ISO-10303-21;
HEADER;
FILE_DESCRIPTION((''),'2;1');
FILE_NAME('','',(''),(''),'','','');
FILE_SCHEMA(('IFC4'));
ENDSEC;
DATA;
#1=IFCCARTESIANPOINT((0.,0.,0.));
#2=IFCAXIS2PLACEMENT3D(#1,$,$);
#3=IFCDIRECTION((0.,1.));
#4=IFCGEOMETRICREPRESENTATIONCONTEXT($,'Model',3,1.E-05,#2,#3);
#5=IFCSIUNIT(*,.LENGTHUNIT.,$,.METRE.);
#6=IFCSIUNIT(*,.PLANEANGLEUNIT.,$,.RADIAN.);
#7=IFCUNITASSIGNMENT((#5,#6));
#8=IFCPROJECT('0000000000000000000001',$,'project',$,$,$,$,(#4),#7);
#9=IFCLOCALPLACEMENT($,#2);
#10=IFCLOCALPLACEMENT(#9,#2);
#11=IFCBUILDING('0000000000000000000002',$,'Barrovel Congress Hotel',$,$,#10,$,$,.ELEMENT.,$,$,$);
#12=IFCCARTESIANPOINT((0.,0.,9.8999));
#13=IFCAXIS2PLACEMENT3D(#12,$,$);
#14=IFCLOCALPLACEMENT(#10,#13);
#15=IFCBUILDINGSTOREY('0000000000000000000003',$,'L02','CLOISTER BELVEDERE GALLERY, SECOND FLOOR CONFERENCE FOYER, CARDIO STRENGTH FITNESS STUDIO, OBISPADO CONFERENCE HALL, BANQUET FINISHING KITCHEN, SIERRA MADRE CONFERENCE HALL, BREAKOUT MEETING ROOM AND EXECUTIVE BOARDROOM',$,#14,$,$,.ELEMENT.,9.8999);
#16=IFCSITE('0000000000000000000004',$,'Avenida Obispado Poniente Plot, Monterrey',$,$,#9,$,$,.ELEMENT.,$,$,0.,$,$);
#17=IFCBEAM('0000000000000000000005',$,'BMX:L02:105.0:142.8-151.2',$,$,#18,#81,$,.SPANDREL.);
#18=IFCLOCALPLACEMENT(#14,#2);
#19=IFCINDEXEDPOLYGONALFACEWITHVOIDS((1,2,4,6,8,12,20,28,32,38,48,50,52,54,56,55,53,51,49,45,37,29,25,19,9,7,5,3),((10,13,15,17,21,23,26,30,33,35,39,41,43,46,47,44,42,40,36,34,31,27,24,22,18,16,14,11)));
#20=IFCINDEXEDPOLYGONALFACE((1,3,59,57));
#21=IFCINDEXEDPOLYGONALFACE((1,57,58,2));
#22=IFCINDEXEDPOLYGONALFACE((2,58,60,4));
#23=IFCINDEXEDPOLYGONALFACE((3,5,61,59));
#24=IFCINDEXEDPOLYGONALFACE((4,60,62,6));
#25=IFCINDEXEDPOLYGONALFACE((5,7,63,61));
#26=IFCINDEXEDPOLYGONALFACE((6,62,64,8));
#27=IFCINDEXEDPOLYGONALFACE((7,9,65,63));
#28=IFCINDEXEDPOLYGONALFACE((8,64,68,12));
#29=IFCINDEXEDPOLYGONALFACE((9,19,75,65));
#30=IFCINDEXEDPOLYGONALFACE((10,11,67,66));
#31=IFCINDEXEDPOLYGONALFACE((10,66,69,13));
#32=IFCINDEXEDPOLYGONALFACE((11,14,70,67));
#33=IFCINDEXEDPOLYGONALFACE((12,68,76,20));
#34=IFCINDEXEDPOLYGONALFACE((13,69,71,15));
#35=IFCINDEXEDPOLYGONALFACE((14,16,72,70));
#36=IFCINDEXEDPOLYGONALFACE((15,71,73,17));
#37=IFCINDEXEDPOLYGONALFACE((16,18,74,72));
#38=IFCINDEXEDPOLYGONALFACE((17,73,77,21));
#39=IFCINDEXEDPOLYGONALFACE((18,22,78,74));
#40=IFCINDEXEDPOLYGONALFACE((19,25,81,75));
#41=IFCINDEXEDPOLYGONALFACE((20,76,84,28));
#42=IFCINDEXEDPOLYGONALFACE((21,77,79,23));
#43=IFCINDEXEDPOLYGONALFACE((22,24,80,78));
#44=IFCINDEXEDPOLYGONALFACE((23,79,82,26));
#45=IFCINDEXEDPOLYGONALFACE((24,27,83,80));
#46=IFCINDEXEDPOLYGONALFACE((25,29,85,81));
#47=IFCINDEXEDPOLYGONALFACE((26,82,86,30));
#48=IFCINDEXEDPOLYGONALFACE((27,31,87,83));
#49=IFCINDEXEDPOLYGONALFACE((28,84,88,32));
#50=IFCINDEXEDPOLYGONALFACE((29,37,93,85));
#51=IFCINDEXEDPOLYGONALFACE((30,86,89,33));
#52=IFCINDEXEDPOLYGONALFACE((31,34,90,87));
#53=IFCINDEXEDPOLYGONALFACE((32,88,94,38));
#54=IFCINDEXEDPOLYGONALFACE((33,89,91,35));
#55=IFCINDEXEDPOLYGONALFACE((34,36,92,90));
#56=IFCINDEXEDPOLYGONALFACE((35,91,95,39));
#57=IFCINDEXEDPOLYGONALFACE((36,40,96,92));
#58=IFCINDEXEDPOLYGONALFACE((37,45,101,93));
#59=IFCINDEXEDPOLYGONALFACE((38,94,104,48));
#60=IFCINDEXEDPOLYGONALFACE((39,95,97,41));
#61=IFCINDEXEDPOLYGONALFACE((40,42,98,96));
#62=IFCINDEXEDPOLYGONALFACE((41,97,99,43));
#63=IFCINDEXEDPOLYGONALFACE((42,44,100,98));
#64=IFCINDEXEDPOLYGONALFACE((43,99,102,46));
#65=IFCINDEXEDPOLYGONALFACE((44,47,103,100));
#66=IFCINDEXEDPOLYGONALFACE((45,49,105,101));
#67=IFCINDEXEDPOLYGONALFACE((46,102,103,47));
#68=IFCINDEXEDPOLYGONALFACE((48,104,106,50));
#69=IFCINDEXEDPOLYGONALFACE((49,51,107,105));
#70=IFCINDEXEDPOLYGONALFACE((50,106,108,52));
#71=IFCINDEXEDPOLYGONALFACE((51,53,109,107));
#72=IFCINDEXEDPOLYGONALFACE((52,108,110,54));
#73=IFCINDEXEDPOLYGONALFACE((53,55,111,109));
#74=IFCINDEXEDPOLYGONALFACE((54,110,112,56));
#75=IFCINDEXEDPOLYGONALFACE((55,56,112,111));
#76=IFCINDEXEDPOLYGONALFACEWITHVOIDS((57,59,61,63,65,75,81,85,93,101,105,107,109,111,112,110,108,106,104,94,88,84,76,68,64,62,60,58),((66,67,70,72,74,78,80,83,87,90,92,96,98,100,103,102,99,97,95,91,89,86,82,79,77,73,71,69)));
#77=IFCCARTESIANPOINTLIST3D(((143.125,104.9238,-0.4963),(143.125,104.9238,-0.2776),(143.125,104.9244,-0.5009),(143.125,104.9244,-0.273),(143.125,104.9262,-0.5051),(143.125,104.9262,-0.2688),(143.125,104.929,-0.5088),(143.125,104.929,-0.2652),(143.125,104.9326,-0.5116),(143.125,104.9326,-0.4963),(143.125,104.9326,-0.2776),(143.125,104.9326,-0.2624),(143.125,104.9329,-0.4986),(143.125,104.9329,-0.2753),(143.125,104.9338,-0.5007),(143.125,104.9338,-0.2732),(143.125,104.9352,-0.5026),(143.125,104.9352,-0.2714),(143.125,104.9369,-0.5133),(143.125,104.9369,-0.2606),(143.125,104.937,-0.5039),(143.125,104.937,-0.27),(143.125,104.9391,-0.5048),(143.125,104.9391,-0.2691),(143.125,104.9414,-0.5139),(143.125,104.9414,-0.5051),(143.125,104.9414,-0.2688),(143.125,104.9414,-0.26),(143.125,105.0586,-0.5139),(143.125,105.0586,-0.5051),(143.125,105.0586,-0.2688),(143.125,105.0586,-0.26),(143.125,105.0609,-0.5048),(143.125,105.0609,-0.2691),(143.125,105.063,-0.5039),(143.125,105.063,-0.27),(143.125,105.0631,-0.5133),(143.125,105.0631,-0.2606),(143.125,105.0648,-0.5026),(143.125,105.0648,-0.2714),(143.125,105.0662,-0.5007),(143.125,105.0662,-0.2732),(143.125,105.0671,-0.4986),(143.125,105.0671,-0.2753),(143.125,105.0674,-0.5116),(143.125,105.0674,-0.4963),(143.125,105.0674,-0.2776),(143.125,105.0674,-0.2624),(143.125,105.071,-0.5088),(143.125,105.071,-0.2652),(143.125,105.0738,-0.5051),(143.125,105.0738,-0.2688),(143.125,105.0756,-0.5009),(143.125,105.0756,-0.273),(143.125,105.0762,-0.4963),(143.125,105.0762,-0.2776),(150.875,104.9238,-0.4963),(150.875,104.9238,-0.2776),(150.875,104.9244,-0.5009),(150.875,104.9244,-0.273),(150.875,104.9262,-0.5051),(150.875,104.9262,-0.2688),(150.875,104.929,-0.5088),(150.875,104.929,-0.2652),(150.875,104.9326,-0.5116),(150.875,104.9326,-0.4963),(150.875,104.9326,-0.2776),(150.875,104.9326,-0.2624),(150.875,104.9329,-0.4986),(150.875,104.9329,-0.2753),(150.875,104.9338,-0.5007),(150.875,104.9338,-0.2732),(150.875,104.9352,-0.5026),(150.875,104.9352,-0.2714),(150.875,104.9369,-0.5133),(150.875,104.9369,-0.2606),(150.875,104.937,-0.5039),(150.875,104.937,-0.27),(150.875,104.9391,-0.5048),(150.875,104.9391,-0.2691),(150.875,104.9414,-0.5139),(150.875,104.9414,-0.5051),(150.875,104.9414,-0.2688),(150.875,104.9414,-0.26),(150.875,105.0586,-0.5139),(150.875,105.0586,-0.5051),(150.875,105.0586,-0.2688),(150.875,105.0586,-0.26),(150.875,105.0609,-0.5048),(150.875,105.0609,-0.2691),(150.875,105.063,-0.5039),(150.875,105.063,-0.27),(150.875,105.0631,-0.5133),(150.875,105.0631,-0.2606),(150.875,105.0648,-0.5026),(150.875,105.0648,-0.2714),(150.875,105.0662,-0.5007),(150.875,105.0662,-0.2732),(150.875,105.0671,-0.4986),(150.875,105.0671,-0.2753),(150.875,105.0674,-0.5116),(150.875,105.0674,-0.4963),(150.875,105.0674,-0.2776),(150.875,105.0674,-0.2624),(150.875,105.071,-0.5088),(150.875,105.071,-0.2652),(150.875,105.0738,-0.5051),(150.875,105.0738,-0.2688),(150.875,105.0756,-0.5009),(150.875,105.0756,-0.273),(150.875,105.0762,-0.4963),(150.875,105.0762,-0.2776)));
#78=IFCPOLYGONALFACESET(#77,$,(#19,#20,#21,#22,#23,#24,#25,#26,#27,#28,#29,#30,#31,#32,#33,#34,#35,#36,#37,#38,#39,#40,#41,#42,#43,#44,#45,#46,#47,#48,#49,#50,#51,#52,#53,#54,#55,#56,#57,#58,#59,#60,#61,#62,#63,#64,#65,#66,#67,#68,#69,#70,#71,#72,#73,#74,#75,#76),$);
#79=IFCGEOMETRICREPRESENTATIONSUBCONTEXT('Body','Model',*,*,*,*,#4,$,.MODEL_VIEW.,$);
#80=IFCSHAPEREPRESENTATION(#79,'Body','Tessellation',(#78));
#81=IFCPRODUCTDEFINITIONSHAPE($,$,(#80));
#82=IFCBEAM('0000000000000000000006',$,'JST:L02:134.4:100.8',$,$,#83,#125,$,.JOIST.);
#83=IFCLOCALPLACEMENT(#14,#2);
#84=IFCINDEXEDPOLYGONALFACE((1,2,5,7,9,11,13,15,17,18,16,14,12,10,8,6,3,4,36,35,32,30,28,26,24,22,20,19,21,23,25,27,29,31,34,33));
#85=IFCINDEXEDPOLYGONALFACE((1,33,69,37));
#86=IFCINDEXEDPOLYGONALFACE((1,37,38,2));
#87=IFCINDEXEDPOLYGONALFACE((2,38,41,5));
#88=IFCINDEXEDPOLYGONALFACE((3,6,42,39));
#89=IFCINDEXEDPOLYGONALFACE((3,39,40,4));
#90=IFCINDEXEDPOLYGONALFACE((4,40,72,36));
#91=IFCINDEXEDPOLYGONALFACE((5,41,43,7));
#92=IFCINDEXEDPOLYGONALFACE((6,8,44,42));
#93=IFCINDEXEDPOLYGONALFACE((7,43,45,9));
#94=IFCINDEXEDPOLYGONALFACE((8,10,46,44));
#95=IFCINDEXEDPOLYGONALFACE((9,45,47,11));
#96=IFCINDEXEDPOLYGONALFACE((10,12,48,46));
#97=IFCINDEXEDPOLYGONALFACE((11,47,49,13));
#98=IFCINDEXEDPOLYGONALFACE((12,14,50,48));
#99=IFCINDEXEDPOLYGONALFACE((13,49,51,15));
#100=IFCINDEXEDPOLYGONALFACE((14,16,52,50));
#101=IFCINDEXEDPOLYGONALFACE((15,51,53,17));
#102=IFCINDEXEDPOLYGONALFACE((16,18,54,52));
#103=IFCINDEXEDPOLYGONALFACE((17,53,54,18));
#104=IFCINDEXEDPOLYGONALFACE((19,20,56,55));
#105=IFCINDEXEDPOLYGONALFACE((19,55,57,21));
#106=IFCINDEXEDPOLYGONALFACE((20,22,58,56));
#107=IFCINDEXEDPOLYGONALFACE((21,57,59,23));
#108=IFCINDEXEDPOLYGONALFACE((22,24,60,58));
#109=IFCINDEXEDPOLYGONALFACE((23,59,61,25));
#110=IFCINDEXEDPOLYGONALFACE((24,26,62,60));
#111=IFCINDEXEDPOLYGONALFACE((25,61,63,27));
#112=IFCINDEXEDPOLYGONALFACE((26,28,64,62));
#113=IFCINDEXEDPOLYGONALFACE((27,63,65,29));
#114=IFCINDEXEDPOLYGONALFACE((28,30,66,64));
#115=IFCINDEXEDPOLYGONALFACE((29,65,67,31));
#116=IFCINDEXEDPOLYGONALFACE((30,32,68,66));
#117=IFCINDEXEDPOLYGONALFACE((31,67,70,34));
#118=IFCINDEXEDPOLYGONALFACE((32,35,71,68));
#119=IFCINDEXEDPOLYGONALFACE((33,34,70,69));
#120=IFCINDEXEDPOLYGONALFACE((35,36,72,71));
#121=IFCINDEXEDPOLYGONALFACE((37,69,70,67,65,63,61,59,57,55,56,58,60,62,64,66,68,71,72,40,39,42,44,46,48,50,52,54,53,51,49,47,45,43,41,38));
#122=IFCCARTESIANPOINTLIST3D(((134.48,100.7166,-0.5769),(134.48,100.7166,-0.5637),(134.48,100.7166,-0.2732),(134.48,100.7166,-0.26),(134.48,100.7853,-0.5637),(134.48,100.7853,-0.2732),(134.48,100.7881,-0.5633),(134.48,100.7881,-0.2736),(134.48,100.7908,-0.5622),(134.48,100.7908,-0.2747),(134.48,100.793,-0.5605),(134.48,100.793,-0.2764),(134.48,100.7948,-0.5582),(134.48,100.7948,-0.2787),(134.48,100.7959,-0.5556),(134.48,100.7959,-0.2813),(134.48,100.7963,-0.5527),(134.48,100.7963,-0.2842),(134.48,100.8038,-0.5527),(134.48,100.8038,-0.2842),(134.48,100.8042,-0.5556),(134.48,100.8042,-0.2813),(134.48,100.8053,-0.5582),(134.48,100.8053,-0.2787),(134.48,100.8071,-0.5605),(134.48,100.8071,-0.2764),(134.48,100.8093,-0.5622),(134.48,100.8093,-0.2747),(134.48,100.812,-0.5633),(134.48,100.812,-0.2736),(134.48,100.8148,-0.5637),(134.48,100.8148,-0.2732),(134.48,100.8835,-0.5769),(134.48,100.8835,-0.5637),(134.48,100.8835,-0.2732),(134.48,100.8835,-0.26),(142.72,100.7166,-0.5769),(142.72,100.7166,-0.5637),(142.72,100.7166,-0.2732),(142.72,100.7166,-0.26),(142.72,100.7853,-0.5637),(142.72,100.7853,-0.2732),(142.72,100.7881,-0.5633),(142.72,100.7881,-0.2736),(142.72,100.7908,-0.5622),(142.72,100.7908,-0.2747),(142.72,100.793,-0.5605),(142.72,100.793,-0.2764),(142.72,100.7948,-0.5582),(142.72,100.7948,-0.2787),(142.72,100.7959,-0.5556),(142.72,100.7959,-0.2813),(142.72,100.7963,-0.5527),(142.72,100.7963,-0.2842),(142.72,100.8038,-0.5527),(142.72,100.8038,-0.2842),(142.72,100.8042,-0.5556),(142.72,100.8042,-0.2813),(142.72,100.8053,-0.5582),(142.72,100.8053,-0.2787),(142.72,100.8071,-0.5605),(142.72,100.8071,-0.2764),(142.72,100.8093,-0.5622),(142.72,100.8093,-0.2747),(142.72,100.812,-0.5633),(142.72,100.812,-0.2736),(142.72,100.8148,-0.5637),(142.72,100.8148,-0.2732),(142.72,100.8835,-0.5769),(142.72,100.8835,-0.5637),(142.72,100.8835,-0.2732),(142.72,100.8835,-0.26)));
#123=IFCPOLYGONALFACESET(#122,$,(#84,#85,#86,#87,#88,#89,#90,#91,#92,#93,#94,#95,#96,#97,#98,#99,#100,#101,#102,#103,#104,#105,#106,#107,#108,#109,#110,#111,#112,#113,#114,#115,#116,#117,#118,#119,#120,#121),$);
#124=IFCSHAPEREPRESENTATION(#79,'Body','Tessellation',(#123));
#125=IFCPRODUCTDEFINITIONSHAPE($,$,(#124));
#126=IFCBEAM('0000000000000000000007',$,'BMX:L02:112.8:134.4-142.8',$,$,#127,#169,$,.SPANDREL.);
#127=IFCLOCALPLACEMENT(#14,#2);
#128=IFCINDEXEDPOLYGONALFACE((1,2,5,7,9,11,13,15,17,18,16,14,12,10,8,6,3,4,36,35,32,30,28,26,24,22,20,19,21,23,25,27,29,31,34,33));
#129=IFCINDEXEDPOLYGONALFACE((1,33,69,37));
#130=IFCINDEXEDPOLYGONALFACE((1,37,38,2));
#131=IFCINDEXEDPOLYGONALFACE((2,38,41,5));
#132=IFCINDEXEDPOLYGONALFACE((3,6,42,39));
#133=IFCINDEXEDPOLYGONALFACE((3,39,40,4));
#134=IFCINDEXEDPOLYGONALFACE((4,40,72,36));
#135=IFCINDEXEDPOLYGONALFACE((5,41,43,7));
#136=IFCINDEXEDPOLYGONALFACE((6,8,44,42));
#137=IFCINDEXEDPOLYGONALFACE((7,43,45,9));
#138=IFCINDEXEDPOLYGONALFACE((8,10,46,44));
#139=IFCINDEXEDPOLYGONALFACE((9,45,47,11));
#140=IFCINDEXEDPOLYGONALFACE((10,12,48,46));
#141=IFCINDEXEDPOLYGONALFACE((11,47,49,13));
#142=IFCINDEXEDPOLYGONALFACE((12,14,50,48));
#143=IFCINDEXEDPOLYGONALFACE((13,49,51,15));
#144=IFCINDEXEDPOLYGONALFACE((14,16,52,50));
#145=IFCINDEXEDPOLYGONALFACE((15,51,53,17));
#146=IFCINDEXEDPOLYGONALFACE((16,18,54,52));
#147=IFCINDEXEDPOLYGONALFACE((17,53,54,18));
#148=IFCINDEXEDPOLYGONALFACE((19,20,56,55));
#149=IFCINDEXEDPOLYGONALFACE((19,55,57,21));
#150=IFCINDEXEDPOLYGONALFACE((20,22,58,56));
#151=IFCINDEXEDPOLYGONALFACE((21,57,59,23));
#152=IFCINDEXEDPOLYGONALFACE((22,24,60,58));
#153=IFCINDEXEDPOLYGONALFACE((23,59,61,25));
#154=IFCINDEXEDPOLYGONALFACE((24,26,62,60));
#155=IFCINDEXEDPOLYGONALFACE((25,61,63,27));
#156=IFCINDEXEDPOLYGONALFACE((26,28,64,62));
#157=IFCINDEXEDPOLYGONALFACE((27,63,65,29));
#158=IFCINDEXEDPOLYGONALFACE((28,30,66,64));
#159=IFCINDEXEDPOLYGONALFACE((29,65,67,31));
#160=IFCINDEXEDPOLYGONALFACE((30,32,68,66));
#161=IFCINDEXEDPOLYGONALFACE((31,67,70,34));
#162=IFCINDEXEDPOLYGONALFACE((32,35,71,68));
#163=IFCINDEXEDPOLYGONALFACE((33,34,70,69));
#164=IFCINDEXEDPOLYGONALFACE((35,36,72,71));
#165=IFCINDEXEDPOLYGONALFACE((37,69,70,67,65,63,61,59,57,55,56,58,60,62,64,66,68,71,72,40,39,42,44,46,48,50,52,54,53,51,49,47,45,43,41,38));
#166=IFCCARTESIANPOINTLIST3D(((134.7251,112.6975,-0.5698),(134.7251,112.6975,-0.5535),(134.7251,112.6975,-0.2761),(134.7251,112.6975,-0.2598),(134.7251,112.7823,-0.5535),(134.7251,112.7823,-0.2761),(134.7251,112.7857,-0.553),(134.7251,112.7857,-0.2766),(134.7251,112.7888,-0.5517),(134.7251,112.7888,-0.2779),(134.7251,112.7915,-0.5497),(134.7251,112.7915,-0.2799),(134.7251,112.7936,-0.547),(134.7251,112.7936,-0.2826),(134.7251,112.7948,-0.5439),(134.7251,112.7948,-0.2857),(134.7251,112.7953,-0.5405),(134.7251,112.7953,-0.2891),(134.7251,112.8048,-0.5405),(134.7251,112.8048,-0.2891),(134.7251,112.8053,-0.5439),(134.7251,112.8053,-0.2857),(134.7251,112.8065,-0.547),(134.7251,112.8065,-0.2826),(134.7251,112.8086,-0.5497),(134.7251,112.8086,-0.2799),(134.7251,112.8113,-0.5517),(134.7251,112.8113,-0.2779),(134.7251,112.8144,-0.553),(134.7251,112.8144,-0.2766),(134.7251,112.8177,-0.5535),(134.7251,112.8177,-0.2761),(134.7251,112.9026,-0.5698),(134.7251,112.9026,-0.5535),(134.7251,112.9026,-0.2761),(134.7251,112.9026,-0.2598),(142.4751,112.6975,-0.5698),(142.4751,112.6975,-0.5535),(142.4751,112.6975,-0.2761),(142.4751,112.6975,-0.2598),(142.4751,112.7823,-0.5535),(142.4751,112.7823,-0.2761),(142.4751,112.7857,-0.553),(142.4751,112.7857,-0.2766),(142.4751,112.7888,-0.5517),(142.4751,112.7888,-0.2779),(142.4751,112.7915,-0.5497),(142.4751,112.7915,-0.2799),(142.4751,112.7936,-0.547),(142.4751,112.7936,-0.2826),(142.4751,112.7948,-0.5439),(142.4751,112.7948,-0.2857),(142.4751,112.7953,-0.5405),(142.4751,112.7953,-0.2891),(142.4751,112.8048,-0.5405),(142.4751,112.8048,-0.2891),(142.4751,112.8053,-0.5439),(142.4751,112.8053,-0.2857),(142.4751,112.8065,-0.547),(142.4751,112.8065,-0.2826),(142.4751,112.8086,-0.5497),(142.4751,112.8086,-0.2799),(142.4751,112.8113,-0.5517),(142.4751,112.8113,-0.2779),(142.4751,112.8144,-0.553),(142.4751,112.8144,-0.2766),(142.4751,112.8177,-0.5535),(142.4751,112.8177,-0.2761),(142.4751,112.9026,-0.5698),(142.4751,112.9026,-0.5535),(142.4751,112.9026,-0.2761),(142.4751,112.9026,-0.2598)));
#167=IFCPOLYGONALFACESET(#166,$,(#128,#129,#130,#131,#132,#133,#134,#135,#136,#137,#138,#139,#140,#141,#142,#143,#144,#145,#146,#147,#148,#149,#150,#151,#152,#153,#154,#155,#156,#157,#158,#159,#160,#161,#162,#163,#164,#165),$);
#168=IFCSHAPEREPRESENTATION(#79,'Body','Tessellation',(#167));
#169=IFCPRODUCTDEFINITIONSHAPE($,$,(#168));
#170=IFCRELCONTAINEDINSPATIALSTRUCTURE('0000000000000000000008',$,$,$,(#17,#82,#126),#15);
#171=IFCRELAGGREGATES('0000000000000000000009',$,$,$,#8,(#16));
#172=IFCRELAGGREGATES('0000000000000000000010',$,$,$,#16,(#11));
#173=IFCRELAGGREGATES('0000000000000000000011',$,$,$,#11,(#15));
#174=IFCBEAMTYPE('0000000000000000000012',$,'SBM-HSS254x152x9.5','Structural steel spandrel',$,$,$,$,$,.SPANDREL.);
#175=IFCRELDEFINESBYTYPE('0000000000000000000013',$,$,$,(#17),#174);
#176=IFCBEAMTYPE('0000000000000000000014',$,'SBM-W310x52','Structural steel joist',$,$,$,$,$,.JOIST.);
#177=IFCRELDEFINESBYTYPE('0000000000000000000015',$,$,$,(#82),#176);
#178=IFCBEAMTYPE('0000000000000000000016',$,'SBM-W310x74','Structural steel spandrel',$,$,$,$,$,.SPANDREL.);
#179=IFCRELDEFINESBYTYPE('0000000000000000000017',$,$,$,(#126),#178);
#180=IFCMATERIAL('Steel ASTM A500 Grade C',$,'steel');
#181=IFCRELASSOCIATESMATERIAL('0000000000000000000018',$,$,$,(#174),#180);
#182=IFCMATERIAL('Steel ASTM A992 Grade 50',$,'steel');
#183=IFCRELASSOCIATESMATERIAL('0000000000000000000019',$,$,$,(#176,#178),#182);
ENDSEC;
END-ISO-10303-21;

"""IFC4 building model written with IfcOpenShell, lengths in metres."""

from ifc_helpers import new_model, si_unit, direction, frame, origin, origin_2d, place, context, subcontext, project, spatial, hollow_rectangle, i_section, extrude, material, material_profile, profile_set, type_object, element, save


model = new_model("IFC4")

# Units and contexts
model_context = context("Model", 3, precision=1e-05, world=origin(), true_north=direction((0.0, 1.0)))
body_context = subcontext(model_context, "Body", "Model", "MODEL_VIEW")
ifc_project = project(units=[si_unit("LENGTHUNIT", "METRE"), si_unit("PLANEANGLEUNIT", "RADIAN")], contexts=[model_context])

# Site, building, storey
site_placement = place(None, origin())
site = spatial("IfcSite", under=ifc_project, at=site_placement, Name="Avenida Obispado Poniente Plot, Monterrey", CompositionType="ELEMENT", RefElevation=0.0)
building_placement = place(site_placement, origin())
building = spatial("IfcBuilding", under=site, at=building_placement, Name="Barrovel Congress Hotel", CompositionType="ELEMENT")
storey_placement = place(building_placement, frame((0.0, 0.0, 9.8999)))
storey = spatial("IfcBuildingStorey", under=building, at=storey_placement, Name="L02", Description="CLOISTER BELVEDERE GALLERY, SECOND FLOOR CONFERENCE FOYER, CARDIO STRENGTH FITNESS STUDIO, OBISPADO CONFERENCE HALL, BANQUET FINISHING KITCHEN, SIERRA MADRE CONFERENCE HALL, BREAKOUT MEETING ROOM AND EXECUTIVE BOARDROOM", CompositionType="ELEMENT", Elevation=9.8999)

# Beams
ifc_material_1 = material(Name="Steel ASTM A500 Grade C", Category="steel")
ifc_material_profile_1 = material_profile(ifc_material_1, hollow_rectangle(XDim=0.1523, YDim=0.2539, WallThickness=0.0088, InnerFilletRadius=0.0088, OuterFilletRadius=0.0176, at=origin_2d()), Name="HSS254x152x9.5")
ifc_profile_set_1 = profile_set([ifc_material_profile_1], Name="Steel ASTM A500 Grade C")
beam_type_1 = type_object("IfcBeamType", Name="SBM-HSS254x152x9.5", Description="Structural steel spandrel", PredefinedType="SPANDREL", material=ifc_profile_set_1)
beam_1_placement = place(storey_placement, frame((143.125, 105.0, -0.387), z_axis=(1.0, 0.0, 0.0), x_axis=(0.0, 1.0, 0.0)))
element("IfcBeam", 1, at=beam_1_placement, inside=storey, type_object=beam_type_1, Name="BMX:L02:105.0:142.8-151.2", PredefinedType="SPANDREL", context=body_context, shape_type="SweptSolid", body=[
    extrude(hollow_rectangle(XDim=0.1523, YDim=0.2539, WallThickness=0.0088, InnerFilletRadius=0.0088, OuterFilletRadius=0.0176, at=origin_2d()), origin(), (0.0, 0.0, 1.0), 7.75),
])
ifc_material_2 = material(Name="Steel ASTM A992 Grade 50", Category="steel")
ifc_material_profile_2 = material_profile(ifc_material_2, i_section(OverallWidth=0.167, OverallDepth=0.3169, WebThickness=0.0076, FlangeThickness=0.0132, FilletRadius=0.011, at=origin_2d()), Name="W310x52")
ifc_profile_set_2 = profile_set([ifc_material_profile_2], Name="Steel ASTM A992 Grade 50")
beam_type_2 = type_object("IfcBeamType", Name="SBM-W310x52", Description="Structural steel joist", PredefinedType="JOIST", material=ifc_profile_set_2)
beam_2_placement = place(storey_placement, frame((134.48, 100.8, -0.4185), z_axis=(1.0, 0.0, 0.0), x_axis=(0.0, 1.0, 0.0)))
element("IfcBeam", 2, at=beam_2_placement, inside=storey, type_object=beam_type_2, Name="JST:L02:134.4:100.8", PredefinedType="JOIST", context=body_context, shape_type="SweptSolid", body=[
    extrude(i_section(OverallWidth=0.167, OverallDepth=0.3169, WebThickness=0.0076, FlangeThickness=0.0132, FilletRadius=0.011, at=origin_2d()), origin(), (0.0, 0.0, 1.0), 8.24),
])
ifc_material_profile_3 = material_profile(ifc_material_2, i_section(OverallWidth=0.2051, OverallDepth=0.3101, WebThickness=0.0095, FlangeThickness=0.0164, FilletRadius=0.0129, at=origin_2d()), Name="W310x74")
ifc_profile_set_3 = profile_set([ifc_material_profile_3], Name="Steel ASTM A992 Grade 50")
beam_type_3 = type_object("IfcBeamType", Name="SBM-W310x74", Description="Structural steel spandrel", PredefinedType="SPANDREL", material=ifc_profile_set_3)
beam_3_placement = place(storey_placement, frame((134.7251, 112.8, -0.4148), z_axis=(1.0, 0.0, 0.0), x_axis=(0.0, 1.0, 0.0)))
element("IfcBeam", 3, at=beam_3_placement, inside=storey, type_object=beam_type_3, Name="BMX:L02:112.8:134.4-142.8", PredefinedType="SPANDREL", context=body_context, shape_type="SweptSolid", body=[
    extrude(i_section(OverallWidth=0.2051, OverallDepth=0.3101, WebThickness=0.0095, FlangeThickness=0.0164, FilletRadius=0.0129, at=origin_2d()), origin(), (0.0, 0.0, 1.0), 7.75),
])

save(model, "model.ifc")
